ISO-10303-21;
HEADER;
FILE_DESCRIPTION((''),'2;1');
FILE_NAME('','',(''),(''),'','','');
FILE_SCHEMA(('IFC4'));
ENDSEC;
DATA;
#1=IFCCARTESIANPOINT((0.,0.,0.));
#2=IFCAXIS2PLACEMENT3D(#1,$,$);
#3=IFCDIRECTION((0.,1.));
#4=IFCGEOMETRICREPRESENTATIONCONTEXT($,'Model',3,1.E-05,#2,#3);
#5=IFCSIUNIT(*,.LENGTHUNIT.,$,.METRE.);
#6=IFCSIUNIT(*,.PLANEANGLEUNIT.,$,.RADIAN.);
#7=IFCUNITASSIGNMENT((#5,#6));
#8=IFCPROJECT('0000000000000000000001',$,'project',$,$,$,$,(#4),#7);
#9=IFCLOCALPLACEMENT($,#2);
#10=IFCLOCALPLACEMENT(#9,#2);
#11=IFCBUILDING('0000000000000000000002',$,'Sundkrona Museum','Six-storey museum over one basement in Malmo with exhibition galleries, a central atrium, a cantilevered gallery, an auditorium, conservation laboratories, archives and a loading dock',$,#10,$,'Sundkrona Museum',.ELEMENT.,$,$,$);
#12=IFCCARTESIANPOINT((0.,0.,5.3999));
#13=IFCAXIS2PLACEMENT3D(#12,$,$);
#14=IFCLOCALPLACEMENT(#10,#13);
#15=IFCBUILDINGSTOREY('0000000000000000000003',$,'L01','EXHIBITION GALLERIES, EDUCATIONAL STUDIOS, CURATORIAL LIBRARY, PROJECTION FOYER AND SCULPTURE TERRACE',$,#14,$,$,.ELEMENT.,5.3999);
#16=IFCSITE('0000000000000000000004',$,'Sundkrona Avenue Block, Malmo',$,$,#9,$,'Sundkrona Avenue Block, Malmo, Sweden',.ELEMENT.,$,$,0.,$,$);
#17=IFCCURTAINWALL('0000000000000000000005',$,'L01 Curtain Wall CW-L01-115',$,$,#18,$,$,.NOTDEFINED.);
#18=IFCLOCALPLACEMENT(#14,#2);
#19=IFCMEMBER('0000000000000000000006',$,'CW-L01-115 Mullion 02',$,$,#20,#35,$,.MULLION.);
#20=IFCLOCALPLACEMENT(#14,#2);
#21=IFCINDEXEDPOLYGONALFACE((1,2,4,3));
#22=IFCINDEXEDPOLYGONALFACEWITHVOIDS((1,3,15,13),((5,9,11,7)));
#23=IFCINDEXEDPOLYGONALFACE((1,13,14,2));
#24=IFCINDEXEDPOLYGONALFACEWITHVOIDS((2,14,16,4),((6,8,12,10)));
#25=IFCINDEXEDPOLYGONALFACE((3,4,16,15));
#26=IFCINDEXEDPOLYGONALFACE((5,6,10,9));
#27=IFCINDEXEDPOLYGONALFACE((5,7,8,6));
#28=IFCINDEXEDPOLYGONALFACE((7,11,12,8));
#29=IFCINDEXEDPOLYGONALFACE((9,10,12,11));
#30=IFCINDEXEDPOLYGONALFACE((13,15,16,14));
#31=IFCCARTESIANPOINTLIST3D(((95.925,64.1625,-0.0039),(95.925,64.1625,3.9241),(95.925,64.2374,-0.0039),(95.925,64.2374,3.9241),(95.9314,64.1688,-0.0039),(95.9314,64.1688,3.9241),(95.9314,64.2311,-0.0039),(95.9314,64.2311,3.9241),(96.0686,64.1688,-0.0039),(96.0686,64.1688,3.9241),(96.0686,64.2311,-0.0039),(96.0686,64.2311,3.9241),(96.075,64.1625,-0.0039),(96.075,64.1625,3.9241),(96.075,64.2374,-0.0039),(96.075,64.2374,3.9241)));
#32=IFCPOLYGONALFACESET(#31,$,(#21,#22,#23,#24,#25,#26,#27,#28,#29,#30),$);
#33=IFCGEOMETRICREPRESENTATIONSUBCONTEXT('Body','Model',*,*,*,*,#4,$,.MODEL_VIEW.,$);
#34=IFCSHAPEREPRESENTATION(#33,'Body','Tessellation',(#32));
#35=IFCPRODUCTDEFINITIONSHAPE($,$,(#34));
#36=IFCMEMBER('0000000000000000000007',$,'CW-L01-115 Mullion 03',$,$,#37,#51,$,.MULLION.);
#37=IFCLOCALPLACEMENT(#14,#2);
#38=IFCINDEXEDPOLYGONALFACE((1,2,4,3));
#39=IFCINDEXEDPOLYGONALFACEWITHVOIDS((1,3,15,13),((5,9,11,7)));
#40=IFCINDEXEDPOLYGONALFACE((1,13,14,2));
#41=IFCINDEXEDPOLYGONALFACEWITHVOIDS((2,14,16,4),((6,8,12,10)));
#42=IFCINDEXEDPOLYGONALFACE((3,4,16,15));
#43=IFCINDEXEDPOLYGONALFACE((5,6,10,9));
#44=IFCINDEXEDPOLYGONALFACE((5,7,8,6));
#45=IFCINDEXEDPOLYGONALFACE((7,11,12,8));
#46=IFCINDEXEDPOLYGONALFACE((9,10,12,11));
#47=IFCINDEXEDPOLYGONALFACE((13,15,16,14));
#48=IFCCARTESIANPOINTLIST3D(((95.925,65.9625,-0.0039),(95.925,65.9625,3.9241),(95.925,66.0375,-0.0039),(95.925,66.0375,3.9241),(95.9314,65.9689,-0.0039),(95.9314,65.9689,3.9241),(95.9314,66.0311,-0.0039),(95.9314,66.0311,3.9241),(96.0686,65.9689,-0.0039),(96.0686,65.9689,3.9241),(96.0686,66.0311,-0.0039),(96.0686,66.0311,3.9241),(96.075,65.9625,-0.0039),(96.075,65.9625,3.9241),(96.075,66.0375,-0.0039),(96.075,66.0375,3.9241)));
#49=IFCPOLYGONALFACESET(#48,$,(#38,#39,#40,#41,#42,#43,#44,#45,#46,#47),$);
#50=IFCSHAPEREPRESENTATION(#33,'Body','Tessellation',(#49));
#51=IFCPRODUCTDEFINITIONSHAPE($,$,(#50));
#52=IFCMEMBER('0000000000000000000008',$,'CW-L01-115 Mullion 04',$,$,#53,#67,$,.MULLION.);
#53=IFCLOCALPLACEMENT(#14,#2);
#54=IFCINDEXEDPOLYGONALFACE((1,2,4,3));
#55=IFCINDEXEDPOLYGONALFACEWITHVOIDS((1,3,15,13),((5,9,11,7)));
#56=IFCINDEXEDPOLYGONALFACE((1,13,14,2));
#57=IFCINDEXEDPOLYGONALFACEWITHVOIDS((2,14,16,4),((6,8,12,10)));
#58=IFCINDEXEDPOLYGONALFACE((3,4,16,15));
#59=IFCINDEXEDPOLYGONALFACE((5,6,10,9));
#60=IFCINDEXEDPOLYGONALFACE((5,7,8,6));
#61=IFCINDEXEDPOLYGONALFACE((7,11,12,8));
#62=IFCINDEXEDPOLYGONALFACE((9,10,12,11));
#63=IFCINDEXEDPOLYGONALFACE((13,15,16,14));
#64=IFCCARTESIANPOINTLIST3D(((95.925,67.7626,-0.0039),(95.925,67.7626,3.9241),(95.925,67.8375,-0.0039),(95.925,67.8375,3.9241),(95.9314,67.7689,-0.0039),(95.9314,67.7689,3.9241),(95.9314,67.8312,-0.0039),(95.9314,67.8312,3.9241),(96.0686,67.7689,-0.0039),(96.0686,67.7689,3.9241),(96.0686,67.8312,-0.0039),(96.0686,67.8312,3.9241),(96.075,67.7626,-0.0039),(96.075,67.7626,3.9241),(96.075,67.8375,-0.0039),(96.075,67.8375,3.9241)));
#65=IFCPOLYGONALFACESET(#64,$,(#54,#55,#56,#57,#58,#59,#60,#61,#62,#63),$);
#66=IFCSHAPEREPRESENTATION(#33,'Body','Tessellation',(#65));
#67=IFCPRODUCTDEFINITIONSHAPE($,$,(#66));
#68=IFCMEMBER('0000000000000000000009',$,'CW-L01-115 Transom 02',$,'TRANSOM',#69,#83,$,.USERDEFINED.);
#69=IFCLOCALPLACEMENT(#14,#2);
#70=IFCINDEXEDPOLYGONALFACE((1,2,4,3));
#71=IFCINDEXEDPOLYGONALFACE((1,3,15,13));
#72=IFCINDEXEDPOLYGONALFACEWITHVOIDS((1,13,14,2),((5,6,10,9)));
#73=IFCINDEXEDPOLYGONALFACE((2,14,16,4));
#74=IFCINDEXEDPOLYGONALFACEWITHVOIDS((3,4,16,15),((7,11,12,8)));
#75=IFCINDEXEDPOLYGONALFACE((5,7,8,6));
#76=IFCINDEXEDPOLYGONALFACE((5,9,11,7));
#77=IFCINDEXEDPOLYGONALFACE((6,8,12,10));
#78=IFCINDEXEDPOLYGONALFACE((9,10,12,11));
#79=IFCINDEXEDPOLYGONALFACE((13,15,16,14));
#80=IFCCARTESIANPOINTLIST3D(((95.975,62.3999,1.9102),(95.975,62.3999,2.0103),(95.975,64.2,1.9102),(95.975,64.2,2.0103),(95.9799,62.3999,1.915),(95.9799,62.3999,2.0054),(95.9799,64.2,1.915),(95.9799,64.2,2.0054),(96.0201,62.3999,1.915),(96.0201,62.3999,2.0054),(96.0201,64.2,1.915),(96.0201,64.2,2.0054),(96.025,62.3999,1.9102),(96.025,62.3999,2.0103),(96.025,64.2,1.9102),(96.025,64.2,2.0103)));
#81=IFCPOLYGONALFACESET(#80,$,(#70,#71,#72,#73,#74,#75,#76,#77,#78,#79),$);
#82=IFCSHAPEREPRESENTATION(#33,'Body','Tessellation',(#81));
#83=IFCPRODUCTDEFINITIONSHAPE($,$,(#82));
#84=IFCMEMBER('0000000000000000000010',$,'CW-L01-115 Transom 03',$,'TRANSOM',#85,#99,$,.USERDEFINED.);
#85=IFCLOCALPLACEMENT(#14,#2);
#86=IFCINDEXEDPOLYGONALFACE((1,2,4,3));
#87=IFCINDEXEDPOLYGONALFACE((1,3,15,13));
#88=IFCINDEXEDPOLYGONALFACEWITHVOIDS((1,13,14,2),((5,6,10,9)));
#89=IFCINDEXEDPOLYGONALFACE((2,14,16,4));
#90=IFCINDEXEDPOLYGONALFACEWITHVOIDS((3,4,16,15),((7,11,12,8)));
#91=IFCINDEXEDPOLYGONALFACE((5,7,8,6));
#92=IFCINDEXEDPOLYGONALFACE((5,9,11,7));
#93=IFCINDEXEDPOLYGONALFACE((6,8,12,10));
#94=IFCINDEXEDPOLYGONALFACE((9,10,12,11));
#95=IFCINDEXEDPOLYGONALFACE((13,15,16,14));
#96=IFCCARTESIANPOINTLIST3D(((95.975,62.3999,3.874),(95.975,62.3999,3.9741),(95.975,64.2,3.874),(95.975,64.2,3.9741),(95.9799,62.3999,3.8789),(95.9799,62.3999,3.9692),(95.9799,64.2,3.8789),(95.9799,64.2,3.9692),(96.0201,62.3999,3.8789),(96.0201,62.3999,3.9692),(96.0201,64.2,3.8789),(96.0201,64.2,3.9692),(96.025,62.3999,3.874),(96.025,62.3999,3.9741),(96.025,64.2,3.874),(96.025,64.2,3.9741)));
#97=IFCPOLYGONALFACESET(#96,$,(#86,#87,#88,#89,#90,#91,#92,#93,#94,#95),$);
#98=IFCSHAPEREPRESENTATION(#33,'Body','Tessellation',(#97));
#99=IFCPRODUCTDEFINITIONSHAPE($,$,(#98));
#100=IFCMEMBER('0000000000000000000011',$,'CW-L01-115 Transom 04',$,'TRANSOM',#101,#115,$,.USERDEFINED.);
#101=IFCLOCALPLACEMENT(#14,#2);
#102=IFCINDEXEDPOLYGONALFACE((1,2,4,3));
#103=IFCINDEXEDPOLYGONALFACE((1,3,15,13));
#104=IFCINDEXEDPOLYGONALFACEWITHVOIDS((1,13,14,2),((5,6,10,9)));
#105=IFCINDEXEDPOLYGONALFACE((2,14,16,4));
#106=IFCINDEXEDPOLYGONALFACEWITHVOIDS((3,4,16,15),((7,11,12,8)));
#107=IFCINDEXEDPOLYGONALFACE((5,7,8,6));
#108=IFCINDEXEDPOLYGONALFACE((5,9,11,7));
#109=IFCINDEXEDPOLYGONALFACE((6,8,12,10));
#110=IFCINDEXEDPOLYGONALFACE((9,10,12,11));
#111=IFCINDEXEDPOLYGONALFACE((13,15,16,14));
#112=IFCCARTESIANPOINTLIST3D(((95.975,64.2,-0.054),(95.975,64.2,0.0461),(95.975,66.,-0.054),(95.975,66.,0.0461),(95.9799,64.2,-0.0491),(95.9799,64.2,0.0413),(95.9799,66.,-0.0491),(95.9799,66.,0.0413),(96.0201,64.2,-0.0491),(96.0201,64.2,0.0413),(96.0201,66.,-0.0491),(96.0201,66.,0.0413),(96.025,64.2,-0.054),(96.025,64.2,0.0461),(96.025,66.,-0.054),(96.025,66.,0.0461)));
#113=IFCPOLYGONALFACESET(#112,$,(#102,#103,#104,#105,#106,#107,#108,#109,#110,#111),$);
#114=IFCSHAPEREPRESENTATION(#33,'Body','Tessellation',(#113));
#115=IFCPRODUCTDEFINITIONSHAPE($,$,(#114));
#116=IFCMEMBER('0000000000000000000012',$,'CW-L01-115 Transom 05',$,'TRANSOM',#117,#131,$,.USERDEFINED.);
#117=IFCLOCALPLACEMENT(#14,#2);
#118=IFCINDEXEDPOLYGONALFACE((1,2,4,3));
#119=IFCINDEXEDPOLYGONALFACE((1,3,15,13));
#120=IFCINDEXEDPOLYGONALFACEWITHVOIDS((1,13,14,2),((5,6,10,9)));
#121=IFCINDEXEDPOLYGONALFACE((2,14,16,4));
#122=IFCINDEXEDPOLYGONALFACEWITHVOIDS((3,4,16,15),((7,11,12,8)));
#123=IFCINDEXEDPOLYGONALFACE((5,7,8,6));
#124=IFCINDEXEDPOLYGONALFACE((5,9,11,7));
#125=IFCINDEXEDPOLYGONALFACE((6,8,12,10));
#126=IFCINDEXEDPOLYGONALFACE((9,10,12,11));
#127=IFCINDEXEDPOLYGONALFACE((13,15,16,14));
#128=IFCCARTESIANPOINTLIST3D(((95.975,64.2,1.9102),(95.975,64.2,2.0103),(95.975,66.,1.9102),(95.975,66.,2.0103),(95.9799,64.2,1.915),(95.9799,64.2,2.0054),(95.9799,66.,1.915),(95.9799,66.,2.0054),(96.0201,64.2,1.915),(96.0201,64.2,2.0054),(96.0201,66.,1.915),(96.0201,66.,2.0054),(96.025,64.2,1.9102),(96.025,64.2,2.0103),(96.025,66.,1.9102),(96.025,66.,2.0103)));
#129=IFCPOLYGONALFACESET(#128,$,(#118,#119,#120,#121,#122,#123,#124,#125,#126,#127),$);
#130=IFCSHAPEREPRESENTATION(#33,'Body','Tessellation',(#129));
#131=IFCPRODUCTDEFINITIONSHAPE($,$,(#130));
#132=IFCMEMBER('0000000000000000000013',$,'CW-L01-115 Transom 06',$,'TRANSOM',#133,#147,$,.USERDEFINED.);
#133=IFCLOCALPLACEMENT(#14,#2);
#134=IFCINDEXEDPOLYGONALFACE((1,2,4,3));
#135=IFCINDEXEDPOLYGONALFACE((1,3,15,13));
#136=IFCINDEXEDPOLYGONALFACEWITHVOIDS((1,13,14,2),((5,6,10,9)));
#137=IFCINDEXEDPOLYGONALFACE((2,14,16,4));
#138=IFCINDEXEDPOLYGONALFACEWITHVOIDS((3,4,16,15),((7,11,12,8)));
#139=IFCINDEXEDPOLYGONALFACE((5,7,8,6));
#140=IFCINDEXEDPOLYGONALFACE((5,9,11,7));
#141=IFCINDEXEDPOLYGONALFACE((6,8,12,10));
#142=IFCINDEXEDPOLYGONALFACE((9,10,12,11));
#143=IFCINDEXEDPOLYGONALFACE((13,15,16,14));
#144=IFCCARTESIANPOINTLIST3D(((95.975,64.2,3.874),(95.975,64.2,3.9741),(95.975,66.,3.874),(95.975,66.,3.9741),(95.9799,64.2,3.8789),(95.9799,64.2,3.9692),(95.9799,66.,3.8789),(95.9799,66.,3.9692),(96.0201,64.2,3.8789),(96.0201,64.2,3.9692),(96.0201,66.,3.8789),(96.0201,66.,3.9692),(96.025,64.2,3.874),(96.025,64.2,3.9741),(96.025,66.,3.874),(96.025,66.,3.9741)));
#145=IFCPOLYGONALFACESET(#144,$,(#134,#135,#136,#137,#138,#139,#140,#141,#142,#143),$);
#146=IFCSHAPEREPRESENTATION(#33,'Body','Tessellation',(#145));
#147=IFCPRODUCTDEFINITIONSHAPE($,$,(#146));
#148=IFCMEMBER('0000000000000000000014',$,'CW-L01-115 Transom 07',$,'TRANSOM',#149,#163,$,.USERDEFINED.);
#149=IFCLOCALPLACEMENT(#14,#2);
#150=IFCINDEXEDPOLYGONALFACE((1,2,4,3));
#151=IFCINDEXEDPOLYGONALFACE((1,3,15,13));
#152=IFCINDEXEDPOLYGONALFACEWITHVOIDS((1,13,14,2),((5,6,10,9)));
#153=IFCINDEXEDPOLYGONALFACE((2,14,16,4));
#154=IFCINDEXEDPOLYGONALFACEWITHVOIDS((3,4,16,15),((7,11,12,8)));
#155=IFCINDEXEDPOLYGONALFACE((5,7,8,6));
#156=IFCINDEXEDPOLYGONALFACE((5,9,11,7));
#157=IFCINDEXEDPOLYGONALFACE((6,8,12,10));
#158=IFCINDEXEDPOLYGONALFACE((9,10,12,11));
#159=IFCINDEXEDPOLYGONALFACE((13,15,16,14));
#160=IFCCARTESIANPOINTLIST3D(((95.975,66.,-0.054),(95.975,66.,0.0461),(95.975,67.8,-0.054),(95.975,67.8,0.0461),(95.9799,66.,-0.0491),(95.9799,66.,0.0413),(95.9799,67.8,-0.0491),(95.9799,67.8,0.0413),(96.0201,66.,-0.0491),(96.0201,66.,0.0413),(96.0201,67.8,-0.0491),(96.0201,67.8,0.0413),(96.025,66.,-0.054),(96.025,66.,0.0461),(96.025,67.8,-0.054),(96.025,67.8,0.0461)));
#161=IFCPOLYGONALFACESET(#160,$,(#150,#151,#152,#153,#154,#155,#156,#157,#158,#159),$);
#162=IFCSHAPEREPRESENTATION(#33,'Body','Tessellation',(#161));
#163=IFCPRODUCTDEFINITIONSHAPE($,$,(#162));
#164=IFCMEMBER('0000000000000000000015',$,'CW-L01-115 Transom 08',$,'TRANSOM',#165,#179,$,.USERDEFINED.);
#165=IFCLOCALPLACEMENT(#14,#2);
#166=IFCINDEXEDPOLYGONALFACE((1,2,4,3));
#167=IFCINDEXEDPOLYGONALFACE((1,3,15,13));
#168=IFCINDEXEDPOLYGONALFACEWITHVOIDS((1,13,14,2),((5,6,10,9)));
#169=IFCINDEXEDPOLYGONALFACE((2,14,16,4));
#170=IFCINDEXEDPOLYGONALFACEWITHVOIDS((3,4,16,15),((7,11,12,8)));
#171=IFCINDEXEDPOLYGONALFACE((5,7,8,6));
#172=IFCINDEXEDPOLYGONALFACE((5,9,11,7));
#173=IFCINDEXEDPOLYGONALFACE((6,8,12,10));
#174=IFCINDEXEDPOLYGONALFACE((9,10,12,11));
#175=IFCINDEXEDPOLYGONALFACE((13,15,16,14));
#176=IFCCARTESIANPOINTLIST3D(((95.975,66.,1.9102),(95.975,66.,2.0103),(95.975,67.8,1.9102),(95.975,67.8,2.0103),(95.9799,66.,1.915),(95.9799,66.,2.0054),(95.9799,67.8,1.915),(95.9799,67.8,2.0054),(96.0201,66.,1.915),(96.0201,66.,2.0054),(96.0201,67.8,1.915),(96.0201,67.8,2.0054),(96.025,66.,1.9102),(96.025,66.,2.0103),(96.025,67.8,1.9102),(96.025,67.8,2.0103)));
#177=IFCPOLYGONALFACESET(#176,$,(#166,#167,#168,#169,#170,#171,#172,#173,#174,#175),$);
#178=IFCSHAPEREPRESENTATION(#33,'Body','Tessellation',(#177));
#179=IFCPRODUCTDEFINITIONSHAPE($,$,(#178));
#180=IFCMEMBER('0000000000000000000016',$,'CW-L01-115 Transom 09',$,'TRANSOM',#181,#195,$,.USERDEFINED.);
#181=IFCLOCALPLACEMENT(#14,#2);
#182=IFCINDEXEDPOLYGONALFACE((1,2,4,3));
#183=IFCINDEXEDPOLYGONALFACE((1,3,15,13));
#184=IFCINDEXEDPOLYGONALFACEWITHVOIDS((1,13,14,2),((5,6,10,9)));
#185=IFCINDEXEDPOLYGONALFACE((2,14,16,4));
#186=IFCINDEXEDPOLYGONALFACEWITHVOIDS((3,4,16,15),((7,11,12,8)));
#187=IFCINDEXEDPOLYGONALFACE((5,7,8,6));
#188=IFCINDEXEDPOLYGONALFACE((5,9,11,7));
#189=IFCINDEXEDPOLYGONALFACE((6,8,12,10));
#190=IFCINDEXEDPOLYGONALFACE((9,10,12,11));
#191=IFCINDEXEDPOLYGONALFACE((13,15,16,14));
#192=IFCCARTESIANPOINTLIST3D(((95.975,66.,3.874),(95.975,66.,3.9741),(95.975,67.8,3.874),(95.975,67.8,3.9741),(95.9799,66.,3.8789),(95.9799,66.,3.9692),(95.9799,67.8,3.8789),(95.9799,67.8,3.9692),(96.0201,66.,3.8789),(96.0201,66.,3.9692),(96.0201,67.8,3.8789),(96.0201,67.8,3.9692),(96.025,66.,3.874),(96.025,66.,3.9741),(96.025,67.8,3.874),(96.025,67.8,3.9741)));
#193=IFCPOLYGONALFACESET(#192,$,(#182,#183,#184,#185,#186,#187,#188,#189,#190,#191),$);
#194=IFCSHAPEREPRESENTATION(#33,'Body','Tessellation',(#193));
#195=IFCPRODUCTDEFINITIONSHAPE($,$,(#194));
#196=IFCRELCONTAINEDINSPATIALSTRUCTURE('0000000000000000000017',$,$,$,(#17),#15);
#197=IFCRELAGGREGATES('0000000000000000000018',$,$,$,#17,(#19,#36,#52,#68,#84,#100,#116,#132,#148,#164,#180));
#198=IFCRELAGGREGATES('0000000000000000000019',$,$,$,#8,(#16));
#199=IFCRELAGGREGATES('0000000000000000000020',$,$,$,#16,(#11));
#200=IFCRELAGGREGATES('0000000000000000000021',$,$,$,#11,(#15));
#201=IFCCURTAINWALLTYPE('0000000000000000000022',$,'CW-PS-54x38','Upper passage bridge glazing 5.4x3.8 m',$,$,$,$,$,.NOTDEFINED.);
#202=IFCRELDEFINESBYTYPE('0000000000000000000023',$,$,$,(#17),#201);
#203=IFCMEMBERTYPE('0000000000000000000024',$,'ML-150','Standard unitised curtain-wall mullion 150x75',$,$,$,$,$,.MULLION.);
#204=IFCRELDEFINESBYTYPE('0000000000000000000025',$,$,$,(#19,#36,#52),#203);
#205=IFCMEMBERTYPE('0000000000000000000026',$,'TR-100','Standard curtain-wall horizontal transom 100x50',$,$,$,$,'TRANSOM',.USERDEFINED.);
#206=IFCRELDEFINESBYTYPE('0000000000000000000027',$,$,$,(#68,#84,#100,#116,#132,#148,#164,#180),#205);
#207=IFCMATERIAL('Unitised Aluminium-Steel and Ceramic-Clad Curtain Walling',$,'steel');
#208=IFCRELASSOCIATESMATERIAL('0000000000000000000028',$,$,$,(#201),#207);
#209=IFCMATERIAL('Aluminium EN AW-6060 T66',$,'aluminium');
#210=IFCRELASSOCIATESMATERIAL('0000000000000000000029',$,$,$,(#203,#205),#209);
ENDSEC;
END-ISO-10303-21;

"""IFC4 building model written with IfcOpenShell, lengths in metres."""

from ifc_helpers import new_model, si_unit, direction, frame, origin, origin_2d, place, context, subcontext, project, spatial, hollow_rectangle, extrude, material, material_profile, profile_set, type_object, element, aggregate, save


model = new_model("IFC4")

# Units and contexts
model_context = context("Model", 3, precision=1e-05, world=origin(), true_north=direction((0.0, 1.0)))
body_context = subcontext(model_context, "Body", "Model", "MODEL_VIEW")
ifc_project = project(units=[si_unit("LENGTHUNIT", "METRE"), si_unit("PLANEANGLEUNIT", "RADIAN")], contexts=[model_context])

# Site, building, storey
site_placement = place(None, origin())
site = spatial("IfcSite", under=ifc_project, at=site_placement, Name="Sundkrona Avenue Block, Malmo", LongName="Sundkrona Avenue Block, Malmo, Sweden", CompositionType="ELEMENT", RefElevation=0.0)
building_placement = place(site_placement, origin())
building = spatial("IfcBuilding", under=site, at=building_placement, Name="Sundkrona Museum", Description="Six-storey museum over one basement in Malmo with exhibition galleries, a central atrium, a cantilevered gallery, an auditorium, conservation laboratories, archives and a loading dock", LongName="Sundkrona Museum", CompositionType="ELEMENT")
storey_placement = place(building_placement, frame((0.0, 0.0, 5.3999)))
storey = spatial("IfcBuildingStorey", under=building, at=storey_placement, Name="L01", Description="EXHIBITION GALLERIES, EDUCATIONAL STUDIOS, CURATORIAL LIBRARY, PROJECTION FOYER AND SCULPTURE TERRACE", CompositionType="ELEMENT", Elevation=5.3999)

# Curtain wall, members
ifc_material_1 = material(Name="Unitised Aluminium-Steel and Ceramic-Clad Curtain Walling", Category="steel")
curtain_wall_type = type_object("IfcCurtainWallType", Name="CW-PS-54x38", Description="Upper passage bridge glazing 5.4x3.8 m", PredefinedType="NOTDEFINED", material=ifc_material_1)
curtain_wall_placement = place(storey_placement, origin())
curtain_wall = element("IfcCurtainWall", 1, at=curtain_wall_placement, inside=storey, type_object=curtain_wall_type, Name="L01 Curtain Wall CW-L01-115", PredefinedType="NOTDEFINED")
ifc_material_2 = material(Name="Aluminium EN AW-6060 T66", Category="aluminium")
ifc_material_profile_1 = material_profile(ifc_material_2, hollow_rectangle(XDim=0.075, YDim=0.1499, WallThickness=0.0063, at=origin_2d()), Name="RHS 150x75x6.3")
ifc_profile_set_1 = profile_set([ifc_material_profile_1], Name="Aluminium EN AW-6060 T66")
member_type_1 = type_object("IfcMemberType", Name="ML-150", Description="Standard unitised curtain-wall mullion 150x75", PredefinedType="MULLION", material=ifc_profile_set_1)
member_1_placement = place(storey_placement, frame((96.0, 64.2, -0.0039), z_axis=(0.0, 0.0, 1.0), x_axis=(0.0, 1.0, 0.0)))
member_1 = element("IfcMember", 2, at=member_1_placement, type_object=member_type_1, Name="CW-L01-115 Mullion 02", PredefinedType="MULLION", context=body_context, shape_type="SweptSolid", body=[
    extrude(hollow_rectangle(XDim=0.075, YDim=0.1499, WallThickness=0.0063, at=origin_2d()), origin(), (0.0, 0.0, 1.0), 3.928),
])
member_2_placement = place(storey_placement, frame((96.0, 66.0, -0.0039), z_axis=(0.0, 0.0, 1.0), x_axis=(0.0, 1.0, 0.0)))
member_2 = element("IfcMember", 3, at=member_2_placement, type_object=member_type_1, Name="CW-L01-115 Mullion 03", PredefinedType="MULLION", context=body_context, shape_type="SweptSolid", body=[
    extrude(hollow_rectangle(XDim=0.075, YDim=0.1499, WallThickness=0.0063, at=origin_2d()), origin(), (0.0, 0.0, 1.0), 3.928),
])
member_3_placement = place(storey_placement, frame((96.0, 67.8, -0.0039), z_axis=(0.0, 0.0, 1.0), x_axis=(0.0, 1.0, 0.0)))
member_3 = element("IfcMember", 4, at=member_3_placement, type_object=member_type_1, Name="CW-L01-115 Mullion 04", PredefinedType="MULLION", context=body_context, shape_type="SweptSolid", body=[
    extrude(hollow_rectangle(XDim=0.075, YDim=0.1499, WallThickness=0.0063, at=origin_2d()), origin(), (0.0, 0.0, 1.0), 3.928),
])
ifc_material_profile_2 = material_profile(ifc_material_2, hollow_rectangle(XDim=0.05, YDim=0.1001, WallThickness=0.0049, at=origin_2d()), Name="RHS 100x50x5.0")
ifc_profile_set_2 = profile_set([ifc_material_profile_2], Name="Aluminium EN AW-6060 T66")
member_type_2 = type_object("IfcMemberType", Name="TR-100", Description="Standard curtain-wall horizontal transom 100x50", ElementType="TRANSOM", PredefinedType="USERDEFINED", material=ifc_profile_set_2)
member_4_placement = place(storey_placement, frame((96.0, 62.3999, 1.9602), z_axis=(0.0, 1.0, 0.0), x_axis=(-1.0, 0.0, 0.0)))
member_4 = element("IfcMember", 5, at=member_4_placement, type_object=member_type_2, Name="CW-L01-115 Transom 02", ObjectType="TRANSOM", PredefinedType="USERDEFINED", context=body_context, shape_type="SweptSolid", body=[
    extrude(hollow_rectangle(XDim=0.05, YDim=0.1001, WallThickness=0.0049, at=origin_2d()), origin(), (0.0, 0.0, 1.0), 1.8),
])
member_5_placement = place(storey_placement, frame((96.0, 62.3999, 3.9241), z_axis=(0.0, 1.0, 0.0), x_axis=(-1.0, 0.0, 0.0)))
member_5 = element("IfcMember", 6, at=member_5_placement, type_object=member_type_2, Name="CW-L01-115 Transom 03", ObjectType="TRANSOM", PredefinedType="USERDEFINED", context=body_context, shape_type="SweptSolid", body=[
    extrude(hollow_rectangle(XDim=0.05, YDim=0.1001, WallThickness=0.0049, at=origin_2d()), origin(), (0.0, 0.0, 1.0), 1.8),
])
member_6_placement = place(storey_placement, frame((96.0, 64.2, -0.0039), z_axis=(0.0, 1.0, 0.0), x_axis=(-1.0, 0.0, 0.0)))
member_6 = element("IfcMember", 7, at=member_6_placement, type_object=member_type_2, Name="CW-L01-115 Transom 04", ObjectType="TRANSOM", PredefinedType="USERDEFINED", context=body_context, shape_type="SweptSolid", body=[
    extrude(hollow_rectangle(XDim=0.05, YDim=0.1001, WallThickness=0.0049, at=origin_2d()), origin(), (0.0, 0.0, 1.0), 1.8),
])
member_7_placement = place(storey_placement, frame((96.0, 64.2, 1.9602), z_axis=(0.0, 1.0, 0.0), x_axis=(-1.0, 0.0, 0.0)))
member_7 = element("IfcMember", 8, at=member_7_placement, type_object=member_type_2, Name="CW-L01-115 Transom 05", ObjectType="TRANSOM", PredefinedType="USERDEFINED", context=body_context, shape_type="SweptSolid", body=[
    extrude(hollow_rectangle(XDim=0.05, YDim=0.1001, WallThickness=0.0049, at=origin_2d()), origin(), (0.0, 0.0, 1.0), 1.8),
])
member_8_placement = place(storey_placement, frame((96.0, 64.2, 3.9241), z_axis=(0.0, 1.0, 0.0), x_axis=(-1.0, 0.0, 0.0)))
member_8 = element("IfcMember", 9, at=member_8_placement, type_object=member_type_2, Name="CW-L01-115 Transom 06", ObjectType="TRANSOM", PredefinedType="USERDEFINED", context=body_context, shape_type="SweptSolid", body=[
    extrude(hollow_rectangle(XDim=0.05, YDim=0.1001, WallThickness=0.0049, at=origin_2d()), origin(), (0.0, 0.0, 1.0), 1.8),
])
member_9_placement = place(storey_placement, frame((96.0, 66.0, -0.0039), z_axis=(0.0, 1.0, 0.0), x_axis=(-1.0, 0.0, 0.0)))
member_9 = element("IfcMember", 10, at=member_9_placement, type_object=member_type_2, Name="CW-L01-115 Transom 07", ObjectType="TRANSOM", PredefinedType="USERDEFINED", context=body_context, shape_type="SweptSolid", body=[
    extrude(hollow_rectangle(XDim=0.05, YDim=0.1001, WallThickness=0.0049, at=origin_2d()), origin(), (0.0, 0.0, 1.0), 1.8),
])
member_10_placement = place(storey_placement, frame((96.0, 66.0, 1.9602), z_axis=(0.0, 1.0, 0.0), x_axis=(-1.0, 0.0, 0.0)))
member_10 = element("IfcMember", 11, at=member_10_placement, type_object=member_type_2, Name="CW-L01-115 Transom 08", ObjectType="TRANSOM", PredefinedType="USERDEFINED", context=body_context, shape_type="SweptSolid", body=[
    extrude(hollow_rectangle(XDim=0.05, YDim=0.1001, WallThickness=0.0049, at=origin_2d()), origin(), (0.0, 0.0, 1.0), 1.8),
])
member_11_placement = place(storey_placement, frame((96.0, 66.0, 3.9241), z_axis=(0.0, 1.0, 0.0), x_axis=(-1.0, 0.0, 0.0)))
member_11 = element("IfcMember", 12, at=member_11_placement, type_object=member_type_2, Name="CW-L01-115 Transom 09", ObjectType="TRANSOM", PredefinedType="USERDEFINED", context=body_context, shape_type="SweptSolid", body=[
    extrude(hollow_rectangle(XDim=0.05, YDim=0.1001, WallThickness=0.0049, at=origin_2d()), origin(), (0.0, 0.0, 1.0), 1.8),
])
aggregate(curtain_wall, [member_1, member_2, member_3, member_4, member_5, member_6, member_7, member_8, member_9, member_10, member_11])

save(model, "model.ifc")
